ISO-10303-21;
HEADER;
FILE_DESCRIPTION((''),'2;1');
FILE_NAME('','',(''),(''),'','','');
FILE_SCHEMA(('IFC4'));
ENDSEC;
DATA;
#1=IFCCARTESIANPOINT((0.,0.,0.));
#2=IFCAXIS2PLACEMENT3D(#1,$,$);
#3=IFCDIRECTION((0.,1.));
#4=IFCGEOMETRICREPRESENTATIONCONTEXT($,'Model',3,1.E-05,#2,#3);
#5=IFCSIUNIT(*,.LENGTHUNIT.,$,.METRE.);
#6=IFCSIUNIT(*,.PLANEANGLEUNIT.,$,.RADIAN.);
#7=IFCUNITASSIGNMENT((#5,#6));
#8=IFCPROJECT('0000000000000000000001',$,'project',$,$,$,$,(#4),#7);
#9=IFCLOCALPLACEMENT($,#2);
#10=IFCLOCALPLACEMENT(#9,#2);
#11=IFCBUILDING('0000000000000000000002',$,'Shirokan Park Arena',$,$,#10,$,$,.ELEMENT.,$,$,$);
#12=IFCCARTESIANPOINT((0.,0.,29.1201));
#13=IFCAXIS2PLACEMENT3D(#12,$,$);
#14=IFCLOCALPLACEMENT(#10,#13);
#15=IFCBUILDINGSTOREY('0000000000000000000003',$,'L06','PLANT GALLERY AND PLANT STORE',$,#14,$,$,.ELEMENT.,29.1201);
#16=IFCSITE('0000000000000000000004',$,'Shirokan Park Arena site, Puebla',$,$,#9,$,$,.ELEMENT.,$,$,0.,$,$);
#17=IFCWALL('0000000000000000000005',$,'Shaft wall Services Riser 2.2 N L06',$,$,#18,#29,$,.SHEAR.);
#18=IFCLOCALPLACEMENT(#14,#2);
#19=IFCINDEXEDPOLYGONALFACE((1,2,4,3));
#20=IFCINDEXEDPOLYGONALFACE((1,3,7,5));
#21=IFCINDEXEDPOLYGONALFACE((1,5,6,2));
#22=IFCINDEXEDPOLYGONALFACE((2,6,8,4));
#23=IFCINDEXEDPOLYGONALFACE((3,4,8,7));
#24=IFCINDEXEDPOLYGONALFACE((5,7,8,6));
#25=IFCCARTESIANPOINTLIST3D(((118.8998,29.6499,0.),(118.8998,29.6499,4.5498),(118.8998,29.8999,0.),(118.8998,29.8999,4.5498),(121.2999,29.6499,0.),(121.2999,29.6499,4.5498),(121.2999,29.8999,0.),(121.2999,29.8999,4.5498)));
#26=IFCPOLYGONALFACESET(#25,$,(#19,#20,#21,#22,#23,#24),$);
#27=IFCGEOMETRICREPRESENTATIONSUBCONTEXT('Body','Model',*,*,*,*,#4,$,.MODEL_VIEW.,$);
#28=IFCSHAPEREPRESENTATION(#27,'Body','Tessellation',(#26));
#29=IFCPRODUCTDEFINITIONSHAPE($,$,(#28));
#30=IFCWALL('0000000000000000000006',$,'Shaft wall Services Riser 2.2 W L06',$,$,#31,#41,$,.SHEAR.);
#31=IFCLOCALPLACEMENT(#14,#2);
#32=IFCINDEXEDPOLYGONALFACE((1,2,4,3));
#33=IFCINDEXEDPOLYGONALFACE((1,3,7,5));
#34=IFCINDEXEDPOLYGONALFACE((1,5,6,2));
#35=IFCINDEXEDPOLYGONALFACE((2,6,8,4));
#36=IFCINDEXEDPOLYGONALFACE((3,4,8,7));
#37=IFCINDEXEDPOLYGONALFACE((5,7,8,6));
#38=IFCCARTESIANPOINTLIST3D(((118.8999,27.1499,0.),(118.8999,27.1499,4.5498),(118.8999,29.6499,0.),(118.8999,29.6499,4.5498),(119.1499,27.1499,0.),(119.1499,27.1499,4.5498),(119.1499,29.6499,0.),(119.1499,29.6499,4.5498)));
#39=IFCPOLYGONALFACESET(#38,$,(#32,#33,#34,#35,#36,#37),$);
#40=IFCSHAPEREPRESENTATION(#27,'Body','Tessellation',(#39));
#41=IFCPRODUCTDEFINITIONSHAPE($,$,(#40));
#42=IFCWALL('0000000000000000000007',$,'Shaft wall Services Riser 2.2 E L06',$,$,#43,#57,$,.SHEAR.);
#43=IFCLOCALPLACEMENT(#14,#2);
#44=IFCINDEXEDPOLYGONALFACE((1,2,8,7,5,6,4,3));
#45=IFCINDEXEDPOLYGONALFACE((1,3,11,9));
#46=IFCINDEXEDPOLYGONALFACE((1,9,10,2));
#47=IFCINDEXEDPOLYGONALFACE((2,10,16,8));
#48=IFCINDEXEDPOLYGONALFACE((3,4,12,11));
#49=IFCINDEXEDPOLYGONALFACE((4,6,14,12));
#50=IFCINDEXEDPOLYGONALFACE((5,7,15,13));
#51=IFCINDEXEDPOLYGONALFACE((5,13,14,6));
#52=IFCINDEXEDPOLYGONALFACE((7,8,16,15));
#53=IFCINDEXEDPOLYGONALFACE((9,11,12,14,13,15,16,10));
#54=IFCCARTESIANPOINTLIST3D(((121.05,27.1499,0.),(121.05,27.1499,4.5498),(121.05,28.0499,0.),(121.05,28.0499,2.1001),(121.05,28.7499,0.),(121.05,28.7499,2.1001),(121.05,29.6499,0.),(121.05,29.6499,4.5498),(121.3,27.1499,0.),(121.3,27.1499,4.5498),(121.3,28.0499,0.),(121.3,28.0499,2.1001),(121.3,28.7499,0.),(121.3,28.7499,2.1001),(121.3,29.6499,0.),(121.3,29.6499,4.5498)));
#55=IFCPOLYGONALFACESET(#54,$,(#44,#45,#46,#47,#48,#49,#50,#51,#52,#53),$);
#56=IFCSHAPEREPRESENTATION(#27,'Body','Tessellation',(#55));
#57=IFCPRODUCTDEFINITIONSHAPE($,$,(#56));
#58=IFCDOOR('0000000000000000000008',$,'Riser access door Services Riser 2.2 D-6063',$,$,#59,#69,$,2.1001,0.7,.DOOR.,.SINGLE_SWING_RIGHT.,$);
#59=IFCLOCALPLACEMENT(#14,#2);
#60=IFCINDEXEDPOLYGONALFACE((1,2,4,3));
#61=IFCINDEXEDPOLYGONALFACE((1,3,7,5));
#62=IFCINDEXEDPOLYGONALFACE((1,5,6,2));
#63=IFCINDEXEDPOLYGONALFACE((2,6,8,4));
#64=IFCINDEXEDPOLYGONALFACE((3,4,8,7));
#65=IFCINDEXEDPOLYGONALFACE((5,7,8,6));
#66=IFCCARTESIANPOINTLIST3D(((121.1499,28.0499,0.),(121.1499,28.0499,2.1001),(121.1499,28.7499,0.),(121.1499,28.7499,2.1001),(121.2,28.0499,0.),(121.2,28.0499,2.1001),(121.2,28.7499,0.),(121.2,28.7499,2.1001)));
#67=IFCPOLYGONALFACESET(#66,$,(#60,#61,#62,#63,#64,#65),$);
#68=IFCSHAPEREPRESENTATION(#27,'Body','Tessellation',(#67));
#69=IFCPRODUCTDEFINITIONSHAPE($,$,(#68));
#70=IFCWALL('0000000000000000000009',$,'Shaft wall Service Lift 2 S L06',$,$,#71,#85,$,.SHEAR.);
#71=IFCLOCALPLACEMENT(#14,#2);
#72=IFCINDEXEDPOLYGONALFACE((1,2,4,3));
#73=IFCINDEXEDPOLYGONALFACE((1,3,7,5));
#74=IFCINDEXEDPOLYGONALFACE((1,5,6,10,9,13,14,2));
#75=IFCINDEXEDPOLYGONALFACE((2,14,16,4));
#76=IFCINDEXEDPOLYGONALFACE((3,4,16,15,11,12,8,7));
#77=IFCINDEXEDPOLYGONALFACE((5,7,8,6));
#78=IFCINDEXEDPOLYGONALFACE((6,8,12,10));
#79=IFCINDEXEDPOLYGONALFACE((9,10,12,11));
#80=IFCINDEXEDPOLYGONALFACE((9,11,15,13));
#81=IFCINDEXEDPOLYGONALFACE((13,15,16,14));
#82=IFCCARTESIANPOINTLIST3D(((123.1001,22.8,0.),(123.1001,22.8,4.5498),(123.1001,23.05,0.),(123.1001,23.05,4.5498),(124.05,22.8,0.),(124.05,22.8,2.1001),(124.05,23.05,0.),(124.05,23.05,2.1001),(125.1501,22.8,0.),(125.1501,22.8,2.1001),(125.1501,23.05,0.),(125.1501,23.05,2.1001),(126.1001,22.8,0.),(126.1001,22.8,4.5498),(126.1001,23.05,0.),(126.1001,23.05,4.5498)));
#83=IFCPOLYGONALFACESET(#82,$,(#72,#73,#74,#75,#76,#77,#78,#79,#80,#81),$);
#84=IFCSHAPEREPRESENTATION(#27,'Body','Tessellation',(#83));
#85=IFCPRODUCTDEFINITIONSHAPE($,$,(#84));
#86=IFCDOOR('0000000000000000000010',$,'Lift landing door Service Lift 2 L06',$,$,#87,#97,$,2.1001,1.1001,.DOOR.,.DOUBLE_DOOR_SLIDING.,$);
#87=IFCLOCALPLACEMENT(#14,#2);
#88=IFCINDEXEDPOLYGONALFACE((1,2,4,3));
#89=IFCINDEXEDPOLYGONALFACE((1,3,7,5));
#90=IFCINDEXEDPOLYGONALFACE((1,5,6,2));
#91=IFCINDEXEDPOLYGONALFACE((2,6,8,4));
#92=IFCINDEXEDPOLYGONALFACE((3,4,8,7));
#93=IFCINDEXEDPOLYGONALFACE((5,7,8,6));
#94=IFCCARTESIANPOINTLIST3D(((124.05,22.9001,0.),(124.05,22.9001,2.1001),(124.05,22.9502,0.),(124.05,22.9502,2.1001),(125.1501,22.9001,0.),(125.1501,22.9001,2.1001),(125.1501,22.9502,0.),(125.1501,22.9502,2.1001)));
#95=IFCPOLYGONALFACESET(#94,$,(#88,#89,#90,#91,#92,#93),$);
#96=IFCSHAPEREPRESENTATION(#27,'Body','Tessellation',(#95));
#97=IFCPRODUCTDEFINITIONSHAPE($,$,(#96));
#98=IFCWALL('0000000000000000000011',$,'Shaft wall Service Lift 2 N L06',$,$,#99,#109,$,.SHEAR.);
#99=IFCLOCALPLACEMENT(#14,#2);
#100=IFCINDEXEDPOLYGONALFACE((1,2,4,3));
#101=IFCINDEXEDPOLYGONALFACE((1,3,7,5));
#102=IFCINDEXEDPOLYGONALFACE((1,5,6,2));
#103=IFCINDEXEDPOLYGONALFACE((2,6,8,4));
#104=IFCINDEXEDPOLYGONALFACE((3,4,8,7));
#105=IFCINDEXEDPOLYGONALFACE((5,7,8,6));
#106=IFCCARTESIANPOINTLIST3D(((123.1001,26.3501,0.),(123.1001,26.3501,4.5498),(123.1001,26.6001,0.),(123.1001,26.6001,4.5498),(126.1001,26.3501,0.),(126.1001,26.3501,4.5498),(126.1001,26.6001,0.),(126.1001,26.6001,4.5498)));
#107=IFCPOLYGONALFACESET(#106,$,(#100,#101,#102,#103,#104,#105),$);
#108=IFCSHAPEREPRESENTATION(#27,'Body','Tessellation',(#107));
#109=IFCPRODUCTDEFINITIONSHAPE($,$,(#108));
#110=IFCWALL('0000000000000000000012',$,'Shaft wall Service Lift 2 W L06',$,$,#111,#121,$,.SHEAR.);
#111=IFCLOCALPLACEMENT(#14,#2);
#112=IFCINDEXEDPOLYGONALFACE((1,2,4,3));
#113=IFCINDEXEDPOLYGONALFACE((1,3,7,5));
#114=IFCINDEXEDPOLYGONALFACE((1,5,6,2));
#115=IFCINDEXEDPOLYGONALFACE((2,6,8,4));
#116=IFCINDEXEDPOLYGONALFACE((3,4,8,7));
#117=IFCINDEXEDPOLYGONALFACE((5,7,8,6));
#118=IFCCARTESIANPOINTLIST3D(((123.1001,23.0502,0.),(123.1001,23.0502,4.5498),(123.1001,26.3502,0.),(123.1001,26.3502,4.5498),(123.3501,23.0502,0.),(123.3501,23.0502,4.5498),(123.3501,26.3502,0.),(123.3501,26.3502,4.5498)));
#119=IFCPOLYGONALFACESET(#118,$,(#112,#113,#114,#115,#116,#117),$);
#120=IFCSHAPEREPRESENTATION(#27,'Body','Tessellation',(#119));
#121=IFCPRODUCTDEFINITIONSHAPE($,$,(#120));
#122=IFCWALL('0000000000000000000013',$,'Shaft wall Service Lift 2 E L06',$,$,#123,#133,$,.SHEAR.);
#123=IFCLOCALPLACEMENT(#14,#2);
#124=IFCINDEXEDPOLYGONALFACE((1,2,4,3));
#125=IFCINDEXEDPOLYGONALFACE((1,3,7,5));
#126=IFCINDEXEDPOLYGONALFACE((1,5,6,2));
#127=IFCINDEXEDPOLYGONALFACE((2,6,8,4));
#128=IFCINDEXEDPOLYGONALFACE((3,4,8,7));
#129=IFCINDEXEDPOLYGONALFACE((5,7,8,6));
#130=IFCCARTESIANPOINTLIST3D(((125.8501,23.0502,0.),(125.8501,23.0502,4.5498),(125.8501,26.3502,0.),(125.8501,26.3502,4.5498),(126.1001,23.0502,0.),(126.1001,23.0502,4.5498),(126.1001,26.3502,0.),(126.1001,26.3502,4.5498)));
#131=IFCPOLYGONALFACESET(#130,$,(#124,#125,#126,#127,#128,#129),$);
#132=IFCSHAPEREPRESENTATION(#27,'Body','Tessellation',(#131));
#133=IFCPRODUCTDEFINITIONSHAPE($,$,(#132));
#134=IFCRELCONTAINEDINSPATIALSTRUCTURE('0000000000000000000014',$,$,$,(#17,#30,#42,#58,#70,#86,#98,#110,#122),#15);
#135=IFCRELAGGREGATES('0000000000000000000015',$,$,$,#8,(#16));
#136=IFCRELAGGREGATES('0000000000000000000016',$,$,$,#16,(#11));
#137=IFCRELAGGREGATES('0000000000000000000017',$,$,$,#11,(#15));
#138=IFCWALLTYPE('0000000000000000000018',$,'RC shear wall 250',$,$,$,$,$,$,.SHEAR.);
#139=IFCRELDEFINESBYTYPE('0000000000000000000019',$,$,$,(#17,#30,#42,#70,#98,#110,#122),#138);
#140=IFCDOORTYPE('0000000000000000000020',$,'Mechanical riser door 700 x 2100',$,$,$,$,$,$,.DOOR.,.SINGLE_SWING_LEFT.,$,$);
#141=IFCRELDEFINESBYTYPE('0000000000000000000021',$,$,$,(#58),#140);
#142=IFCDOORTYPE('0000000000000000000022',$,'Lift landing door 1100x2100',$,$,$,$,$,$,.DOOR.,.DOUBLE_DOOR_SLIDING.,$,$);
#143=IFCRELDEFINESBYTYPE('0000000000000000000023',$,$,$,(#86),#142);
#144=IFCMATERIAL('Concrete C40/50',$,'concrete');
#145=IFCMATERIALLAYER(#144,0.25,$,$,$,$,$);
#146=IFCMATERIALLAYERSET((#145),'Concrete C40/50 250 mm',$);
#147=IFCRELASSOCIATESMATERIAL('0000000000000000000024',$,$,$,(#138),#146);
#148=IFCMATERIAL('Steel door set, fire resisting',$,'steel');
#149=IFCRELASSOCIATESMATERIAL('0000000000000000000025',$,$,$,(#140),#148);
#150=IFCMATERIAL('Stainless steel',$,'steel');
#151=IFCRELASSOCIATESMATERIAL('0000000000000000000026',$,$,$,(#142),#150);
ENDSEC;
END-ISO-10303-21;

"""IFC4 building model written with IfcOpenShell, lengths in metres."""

from ifc_helpers import new_model, si_unit, direction, frame, frame_2d, origin, place, context, subcontext, project, spatial, rectangle, extrude, material, layer, layer_set, type_object, element, fill, save


model = new_model("IFC4")

# Units and contexts
model_context = context("Model", 3, precision=1e-05, world=origin(), true_north=direction((0.0, 1.0)))
body_context = subcontext(model_context, "Body", "Model", "MODEL_VIEW")
ifc_project = project(units=[si_unit("LENGTHUNIT", "METRE"), si_unit("PLANEANGLEUNIT", "RADIAN")], contexts=[model_context])

# Site, building, storey
site_placement = place(None, origin())
site = spatial("IfcSite", under=ifc_project, at=site_placement, Name="Shirokan Park Arena site, Puebla", CompositionType="ELEMENT", RefElevation=0.0)
building_placement = place(site_placement, origin())
building = spatial("IfcBuilding", under=site, at=building_placement, Name="Shirokan Park Arena", CompositionType="ELEMENT")
storey_placement = place(building_placement, frame((0.0, 0.0, 29.1201)))
storey = spatial("IfcBuildingStorey", under=building, at=storey_placement, Name="L06", Description="PLANT GALLERY AND PLANT STORE", CompositionType="ELEMENT", Elevation=29.1201)

# Walls
ifc_material_1 = material(Name="Concrete C40/50", Category="concrete")
ifc_layer_1 = layer(ifc_material_1, 0.25)
ifc_layer_set_1 = layer_set([ifc_layer_1], Name="Concrete C40/50 250 mm")
wall_type_1 = type_object("IfcWallType", Name="RC shear wall 250", PredefinedType="SHEAR", material=ifc_layer_set_1)
wall_1_placement = place(storey_placement, frame((121.3, 29.7749, 0.0), z_axis=(0.0, 0.0, 1.0), x_axis=(-1.0, 0.0, 0.0)))
element("IfcWall", 1, at=wall_1_placement, inside=storey, type_object=wall_type_1, Name="Shaft wall Services Riser 2.2 N L06", PredefinedType="SHEAR", context=body_context, shape_type="SweptSolid", body=[
    extrude(rectangle(XDim=2.4001, YDim=0.25, at=frame_2d((1.2002, 0.0))), origin(), (0.0, 0.0, 1.0), 4.5498),
])
wall_2_placement = place(storey_placement, frame((119.0249, 29.6499, 0.0), z_axis=(0.0, 0.0, 1.0), x_axis=(0.0, -1.0, 0.0)))
element("IfcWall", 2, at=wall_2_placement, inside=storey, type_object=wall_type_1, Name="Shaft wall Services Riser 2.2 W L06", PredefinedType="SHEAR", context=body_context, shape_type="SweptSolid", body=[
    extrude(rectangle(XDim=2.5, YDim=0.25, at=frame_2d((1.25, 0.0))), origin(), (0.0, 0.0, 1.0), 4.5498),
])

# Walls, openings, doors
wall_3_placement = place(storey_placement, frame((121.175, 29.6499, 0.0), z_axis=(0.0, 0.0, 1.0), x_axis=(0.0, -1.0, 0.0)))
wall_3 = element("IfcWall", 3, at=wall_3_placement, inside=storey, type_object=wall_type_1, Name="Shaft wall Services Riser 2.2 E L06", PredefinedType="SHEAR", context=body_context, shape_type="SweptSolid", body=[
    extrude(rectangle(XDim=2.5, YDim=0.25, at=frame_2d((1.25, 0.0))), origin(), (0.0, 0.0, 1.0), 4.5498),
])
opening_1_placement = place(wall_3_placement, frame((0.8999, 0.0, 0.0)))
opening_1 = element("IfcOpeningElement", 4, at=opening_1_placement, cuts=wall_3, PredefinedType="OPENING", context=body_context, shape_type="SweptSolid", body=[
    extrude(rectangle(XDim=0.7, YDim=2.1001, at=frame_2d((0.3501, 1.05))), frame((0.0, 0.135, 0.0), z_axis=(0.0, -1.0, 0.0), x_axis=(1.0, 0.0, 0.0)), (0.0, 0.0, 1.0), 0.27),
])
ifc_material_2 = material(Name="Steel door set, fire resisting", Category="steel")
door_type_1 = type_object("IfcDoorType", Name="Mechanical riser door 700 x 2100", OperationType="SINGLE_SWING_LEFT", PredefinedType="DOOR", material=ifc_material_2)
door_1_placement = place(opening_1_placement, origin())
door_1 = element("IfcDoor", 5, at=door_1_placement, inside=storey, type_object=door_type_1, Name="Riser access door Services Riser 2.2 D-6063", OperationType="SINGLE_SWING_RIGHT", OverallHeight=2.1001, OverallWidth=0.7, PredefinedType="DOOR", context=body_context, shape_type="SweptSolid", body=[
    extrude(rectangle(XDim=0.7, YDim=2.1001, at=frame_2d((0.3501, 1.05))), frame((0.0, 0.0249, 0.0), z_axis=(0.0, -1.0, 0.0), x_axis=(1.0, 0.0, 0.0)), (0.0, 0.0, 1.0), 0.05),
])
fill(opening_1, door_1)
wall_4_placement = place(storey_placement, frame((126.1001, 22.925, 0.0), z_axis=(0.0, 0.0, 1.0), x_axis=(-1.0, 0.0, 0.0)))
wall_4 = element("IfcWall", 6, at=wall_4_placement, inside=storey, type_object=wall_type_1, Name="Shaft wall Service Lift 2 S L06", PredefinedType="SHEAR", context=body_context, shape_type="SweptSolid", body=[
    extrude(rectangle(XDim=3.0, YDim=0.25, at=frame_2d((1.5, 0.0))), origin(), (0.0, 0.0, 1.0), 4.5498),
])
opening_2_placement = place(wall_4_placement, frame((0.95, 0.0, 0.0)))
opening_2 = element("IfcOpeningElement", 7, at=opening_2_placement, cuts=wall_4, PredefinedType="OPENING", context=body_context, shape_type="SweptSolid", body=[
    extrude(rectangle(XDim=1.1001, YDim=2.1001, at=frame_2d((0.55, 1.05))), frame((0.0, 0.135, 0.0), z_axis=(0.0, -1.0, 0.0), x_axis=(1.0, 0.0, 0.0)), (0.0, 0.0, 1.0), 0.27),
])
ifc_material_3 = material(Name="Stainless steel", Category="steel")
door_type_2 = type_object("IfcDoorType", Name="Lift landing door 1100x2100", OperationType="DOUBLE_DOOR_SLIDING", PredefinedType="DOOR", material=ifc_material_3)
door_2_placement = place(opening_2_placement, origin())
door_2 = element("IfcDoor", 8, at=door_2_placement, inside=storey, type_object=door_type_2, Name="Lift landing door Service Lift 2 L06", OperationType="DOUBLE_DOOR_SLIDING", OverallHeight=2.1001, OverallWidth=1.1001, PredefinedType="DOOR", context=body_context, shape_type="SweptSolid", body=[
    extrude(rectangle(XDim=1.1001, YDim=2.1001, at=frame_2d((0.55, 1.05))), frame((0.0, 0.0249, 0.0), z_axis=(0.0, -1.0, 0.0), x_axis=(1.0, 0.0, 0.0)), (0.0, 0.0, 1.0), 0.05),
])
fill(opening_2, door_2)

# Walls
wall_5_placement = place(storey_placement, frame((126.1001, 26.4751, 0.0), z_axis=(0.0, 0.0, 1.0), x_axis=(-1.0, 0.0, 0.0)))
element("IfcWall", 9, at=wall_5_placement, inside=storey, type_object=wall_type_1, Name="Shaft wall Service Lift 2 N L06", PredefinedType="SHEAR", context=body_context, shape_type="SweptSolid", body=[
    extrude(rectangle(XDim=3.0, YDim=0.25, at=frame_2d((1.5, 0.0))), origin(), (0.0, 0.0, 1.0), 4.5498),
])
for number, where, z_axis, x_axis, name in (
    (10, (123.2251, 26.3501, 0.0), (0.0, 0.0, 1.0), (0.0, -1.0, 0.0), "Shaft wall Service Lift 2 W L06"),
    (11, (125.9751, 26.3501, 0.0), (0.0, 0.0, 1.0), (0.0, -1.0, 0.0), "Shaft wall Service Lift 2 E L06"),
):
    element("IfcWall", number, at=place(storey_placement, frame(where, z_axis=z_axis, x_axis=x_axis)), inside=storey, type_object=wall_type_1, Name=name, PredefinedType="SHEAR", context=body_context, shape_type="SweptSolid", body=[
        extrude(rectangle(XDim=3.3, YDim=0.25, at=frame_2d((1.6499, 0.0))), origin(), (0.0, 0.0, 1.0), 4.5498),
    ])

save(model, "model.ifc")
